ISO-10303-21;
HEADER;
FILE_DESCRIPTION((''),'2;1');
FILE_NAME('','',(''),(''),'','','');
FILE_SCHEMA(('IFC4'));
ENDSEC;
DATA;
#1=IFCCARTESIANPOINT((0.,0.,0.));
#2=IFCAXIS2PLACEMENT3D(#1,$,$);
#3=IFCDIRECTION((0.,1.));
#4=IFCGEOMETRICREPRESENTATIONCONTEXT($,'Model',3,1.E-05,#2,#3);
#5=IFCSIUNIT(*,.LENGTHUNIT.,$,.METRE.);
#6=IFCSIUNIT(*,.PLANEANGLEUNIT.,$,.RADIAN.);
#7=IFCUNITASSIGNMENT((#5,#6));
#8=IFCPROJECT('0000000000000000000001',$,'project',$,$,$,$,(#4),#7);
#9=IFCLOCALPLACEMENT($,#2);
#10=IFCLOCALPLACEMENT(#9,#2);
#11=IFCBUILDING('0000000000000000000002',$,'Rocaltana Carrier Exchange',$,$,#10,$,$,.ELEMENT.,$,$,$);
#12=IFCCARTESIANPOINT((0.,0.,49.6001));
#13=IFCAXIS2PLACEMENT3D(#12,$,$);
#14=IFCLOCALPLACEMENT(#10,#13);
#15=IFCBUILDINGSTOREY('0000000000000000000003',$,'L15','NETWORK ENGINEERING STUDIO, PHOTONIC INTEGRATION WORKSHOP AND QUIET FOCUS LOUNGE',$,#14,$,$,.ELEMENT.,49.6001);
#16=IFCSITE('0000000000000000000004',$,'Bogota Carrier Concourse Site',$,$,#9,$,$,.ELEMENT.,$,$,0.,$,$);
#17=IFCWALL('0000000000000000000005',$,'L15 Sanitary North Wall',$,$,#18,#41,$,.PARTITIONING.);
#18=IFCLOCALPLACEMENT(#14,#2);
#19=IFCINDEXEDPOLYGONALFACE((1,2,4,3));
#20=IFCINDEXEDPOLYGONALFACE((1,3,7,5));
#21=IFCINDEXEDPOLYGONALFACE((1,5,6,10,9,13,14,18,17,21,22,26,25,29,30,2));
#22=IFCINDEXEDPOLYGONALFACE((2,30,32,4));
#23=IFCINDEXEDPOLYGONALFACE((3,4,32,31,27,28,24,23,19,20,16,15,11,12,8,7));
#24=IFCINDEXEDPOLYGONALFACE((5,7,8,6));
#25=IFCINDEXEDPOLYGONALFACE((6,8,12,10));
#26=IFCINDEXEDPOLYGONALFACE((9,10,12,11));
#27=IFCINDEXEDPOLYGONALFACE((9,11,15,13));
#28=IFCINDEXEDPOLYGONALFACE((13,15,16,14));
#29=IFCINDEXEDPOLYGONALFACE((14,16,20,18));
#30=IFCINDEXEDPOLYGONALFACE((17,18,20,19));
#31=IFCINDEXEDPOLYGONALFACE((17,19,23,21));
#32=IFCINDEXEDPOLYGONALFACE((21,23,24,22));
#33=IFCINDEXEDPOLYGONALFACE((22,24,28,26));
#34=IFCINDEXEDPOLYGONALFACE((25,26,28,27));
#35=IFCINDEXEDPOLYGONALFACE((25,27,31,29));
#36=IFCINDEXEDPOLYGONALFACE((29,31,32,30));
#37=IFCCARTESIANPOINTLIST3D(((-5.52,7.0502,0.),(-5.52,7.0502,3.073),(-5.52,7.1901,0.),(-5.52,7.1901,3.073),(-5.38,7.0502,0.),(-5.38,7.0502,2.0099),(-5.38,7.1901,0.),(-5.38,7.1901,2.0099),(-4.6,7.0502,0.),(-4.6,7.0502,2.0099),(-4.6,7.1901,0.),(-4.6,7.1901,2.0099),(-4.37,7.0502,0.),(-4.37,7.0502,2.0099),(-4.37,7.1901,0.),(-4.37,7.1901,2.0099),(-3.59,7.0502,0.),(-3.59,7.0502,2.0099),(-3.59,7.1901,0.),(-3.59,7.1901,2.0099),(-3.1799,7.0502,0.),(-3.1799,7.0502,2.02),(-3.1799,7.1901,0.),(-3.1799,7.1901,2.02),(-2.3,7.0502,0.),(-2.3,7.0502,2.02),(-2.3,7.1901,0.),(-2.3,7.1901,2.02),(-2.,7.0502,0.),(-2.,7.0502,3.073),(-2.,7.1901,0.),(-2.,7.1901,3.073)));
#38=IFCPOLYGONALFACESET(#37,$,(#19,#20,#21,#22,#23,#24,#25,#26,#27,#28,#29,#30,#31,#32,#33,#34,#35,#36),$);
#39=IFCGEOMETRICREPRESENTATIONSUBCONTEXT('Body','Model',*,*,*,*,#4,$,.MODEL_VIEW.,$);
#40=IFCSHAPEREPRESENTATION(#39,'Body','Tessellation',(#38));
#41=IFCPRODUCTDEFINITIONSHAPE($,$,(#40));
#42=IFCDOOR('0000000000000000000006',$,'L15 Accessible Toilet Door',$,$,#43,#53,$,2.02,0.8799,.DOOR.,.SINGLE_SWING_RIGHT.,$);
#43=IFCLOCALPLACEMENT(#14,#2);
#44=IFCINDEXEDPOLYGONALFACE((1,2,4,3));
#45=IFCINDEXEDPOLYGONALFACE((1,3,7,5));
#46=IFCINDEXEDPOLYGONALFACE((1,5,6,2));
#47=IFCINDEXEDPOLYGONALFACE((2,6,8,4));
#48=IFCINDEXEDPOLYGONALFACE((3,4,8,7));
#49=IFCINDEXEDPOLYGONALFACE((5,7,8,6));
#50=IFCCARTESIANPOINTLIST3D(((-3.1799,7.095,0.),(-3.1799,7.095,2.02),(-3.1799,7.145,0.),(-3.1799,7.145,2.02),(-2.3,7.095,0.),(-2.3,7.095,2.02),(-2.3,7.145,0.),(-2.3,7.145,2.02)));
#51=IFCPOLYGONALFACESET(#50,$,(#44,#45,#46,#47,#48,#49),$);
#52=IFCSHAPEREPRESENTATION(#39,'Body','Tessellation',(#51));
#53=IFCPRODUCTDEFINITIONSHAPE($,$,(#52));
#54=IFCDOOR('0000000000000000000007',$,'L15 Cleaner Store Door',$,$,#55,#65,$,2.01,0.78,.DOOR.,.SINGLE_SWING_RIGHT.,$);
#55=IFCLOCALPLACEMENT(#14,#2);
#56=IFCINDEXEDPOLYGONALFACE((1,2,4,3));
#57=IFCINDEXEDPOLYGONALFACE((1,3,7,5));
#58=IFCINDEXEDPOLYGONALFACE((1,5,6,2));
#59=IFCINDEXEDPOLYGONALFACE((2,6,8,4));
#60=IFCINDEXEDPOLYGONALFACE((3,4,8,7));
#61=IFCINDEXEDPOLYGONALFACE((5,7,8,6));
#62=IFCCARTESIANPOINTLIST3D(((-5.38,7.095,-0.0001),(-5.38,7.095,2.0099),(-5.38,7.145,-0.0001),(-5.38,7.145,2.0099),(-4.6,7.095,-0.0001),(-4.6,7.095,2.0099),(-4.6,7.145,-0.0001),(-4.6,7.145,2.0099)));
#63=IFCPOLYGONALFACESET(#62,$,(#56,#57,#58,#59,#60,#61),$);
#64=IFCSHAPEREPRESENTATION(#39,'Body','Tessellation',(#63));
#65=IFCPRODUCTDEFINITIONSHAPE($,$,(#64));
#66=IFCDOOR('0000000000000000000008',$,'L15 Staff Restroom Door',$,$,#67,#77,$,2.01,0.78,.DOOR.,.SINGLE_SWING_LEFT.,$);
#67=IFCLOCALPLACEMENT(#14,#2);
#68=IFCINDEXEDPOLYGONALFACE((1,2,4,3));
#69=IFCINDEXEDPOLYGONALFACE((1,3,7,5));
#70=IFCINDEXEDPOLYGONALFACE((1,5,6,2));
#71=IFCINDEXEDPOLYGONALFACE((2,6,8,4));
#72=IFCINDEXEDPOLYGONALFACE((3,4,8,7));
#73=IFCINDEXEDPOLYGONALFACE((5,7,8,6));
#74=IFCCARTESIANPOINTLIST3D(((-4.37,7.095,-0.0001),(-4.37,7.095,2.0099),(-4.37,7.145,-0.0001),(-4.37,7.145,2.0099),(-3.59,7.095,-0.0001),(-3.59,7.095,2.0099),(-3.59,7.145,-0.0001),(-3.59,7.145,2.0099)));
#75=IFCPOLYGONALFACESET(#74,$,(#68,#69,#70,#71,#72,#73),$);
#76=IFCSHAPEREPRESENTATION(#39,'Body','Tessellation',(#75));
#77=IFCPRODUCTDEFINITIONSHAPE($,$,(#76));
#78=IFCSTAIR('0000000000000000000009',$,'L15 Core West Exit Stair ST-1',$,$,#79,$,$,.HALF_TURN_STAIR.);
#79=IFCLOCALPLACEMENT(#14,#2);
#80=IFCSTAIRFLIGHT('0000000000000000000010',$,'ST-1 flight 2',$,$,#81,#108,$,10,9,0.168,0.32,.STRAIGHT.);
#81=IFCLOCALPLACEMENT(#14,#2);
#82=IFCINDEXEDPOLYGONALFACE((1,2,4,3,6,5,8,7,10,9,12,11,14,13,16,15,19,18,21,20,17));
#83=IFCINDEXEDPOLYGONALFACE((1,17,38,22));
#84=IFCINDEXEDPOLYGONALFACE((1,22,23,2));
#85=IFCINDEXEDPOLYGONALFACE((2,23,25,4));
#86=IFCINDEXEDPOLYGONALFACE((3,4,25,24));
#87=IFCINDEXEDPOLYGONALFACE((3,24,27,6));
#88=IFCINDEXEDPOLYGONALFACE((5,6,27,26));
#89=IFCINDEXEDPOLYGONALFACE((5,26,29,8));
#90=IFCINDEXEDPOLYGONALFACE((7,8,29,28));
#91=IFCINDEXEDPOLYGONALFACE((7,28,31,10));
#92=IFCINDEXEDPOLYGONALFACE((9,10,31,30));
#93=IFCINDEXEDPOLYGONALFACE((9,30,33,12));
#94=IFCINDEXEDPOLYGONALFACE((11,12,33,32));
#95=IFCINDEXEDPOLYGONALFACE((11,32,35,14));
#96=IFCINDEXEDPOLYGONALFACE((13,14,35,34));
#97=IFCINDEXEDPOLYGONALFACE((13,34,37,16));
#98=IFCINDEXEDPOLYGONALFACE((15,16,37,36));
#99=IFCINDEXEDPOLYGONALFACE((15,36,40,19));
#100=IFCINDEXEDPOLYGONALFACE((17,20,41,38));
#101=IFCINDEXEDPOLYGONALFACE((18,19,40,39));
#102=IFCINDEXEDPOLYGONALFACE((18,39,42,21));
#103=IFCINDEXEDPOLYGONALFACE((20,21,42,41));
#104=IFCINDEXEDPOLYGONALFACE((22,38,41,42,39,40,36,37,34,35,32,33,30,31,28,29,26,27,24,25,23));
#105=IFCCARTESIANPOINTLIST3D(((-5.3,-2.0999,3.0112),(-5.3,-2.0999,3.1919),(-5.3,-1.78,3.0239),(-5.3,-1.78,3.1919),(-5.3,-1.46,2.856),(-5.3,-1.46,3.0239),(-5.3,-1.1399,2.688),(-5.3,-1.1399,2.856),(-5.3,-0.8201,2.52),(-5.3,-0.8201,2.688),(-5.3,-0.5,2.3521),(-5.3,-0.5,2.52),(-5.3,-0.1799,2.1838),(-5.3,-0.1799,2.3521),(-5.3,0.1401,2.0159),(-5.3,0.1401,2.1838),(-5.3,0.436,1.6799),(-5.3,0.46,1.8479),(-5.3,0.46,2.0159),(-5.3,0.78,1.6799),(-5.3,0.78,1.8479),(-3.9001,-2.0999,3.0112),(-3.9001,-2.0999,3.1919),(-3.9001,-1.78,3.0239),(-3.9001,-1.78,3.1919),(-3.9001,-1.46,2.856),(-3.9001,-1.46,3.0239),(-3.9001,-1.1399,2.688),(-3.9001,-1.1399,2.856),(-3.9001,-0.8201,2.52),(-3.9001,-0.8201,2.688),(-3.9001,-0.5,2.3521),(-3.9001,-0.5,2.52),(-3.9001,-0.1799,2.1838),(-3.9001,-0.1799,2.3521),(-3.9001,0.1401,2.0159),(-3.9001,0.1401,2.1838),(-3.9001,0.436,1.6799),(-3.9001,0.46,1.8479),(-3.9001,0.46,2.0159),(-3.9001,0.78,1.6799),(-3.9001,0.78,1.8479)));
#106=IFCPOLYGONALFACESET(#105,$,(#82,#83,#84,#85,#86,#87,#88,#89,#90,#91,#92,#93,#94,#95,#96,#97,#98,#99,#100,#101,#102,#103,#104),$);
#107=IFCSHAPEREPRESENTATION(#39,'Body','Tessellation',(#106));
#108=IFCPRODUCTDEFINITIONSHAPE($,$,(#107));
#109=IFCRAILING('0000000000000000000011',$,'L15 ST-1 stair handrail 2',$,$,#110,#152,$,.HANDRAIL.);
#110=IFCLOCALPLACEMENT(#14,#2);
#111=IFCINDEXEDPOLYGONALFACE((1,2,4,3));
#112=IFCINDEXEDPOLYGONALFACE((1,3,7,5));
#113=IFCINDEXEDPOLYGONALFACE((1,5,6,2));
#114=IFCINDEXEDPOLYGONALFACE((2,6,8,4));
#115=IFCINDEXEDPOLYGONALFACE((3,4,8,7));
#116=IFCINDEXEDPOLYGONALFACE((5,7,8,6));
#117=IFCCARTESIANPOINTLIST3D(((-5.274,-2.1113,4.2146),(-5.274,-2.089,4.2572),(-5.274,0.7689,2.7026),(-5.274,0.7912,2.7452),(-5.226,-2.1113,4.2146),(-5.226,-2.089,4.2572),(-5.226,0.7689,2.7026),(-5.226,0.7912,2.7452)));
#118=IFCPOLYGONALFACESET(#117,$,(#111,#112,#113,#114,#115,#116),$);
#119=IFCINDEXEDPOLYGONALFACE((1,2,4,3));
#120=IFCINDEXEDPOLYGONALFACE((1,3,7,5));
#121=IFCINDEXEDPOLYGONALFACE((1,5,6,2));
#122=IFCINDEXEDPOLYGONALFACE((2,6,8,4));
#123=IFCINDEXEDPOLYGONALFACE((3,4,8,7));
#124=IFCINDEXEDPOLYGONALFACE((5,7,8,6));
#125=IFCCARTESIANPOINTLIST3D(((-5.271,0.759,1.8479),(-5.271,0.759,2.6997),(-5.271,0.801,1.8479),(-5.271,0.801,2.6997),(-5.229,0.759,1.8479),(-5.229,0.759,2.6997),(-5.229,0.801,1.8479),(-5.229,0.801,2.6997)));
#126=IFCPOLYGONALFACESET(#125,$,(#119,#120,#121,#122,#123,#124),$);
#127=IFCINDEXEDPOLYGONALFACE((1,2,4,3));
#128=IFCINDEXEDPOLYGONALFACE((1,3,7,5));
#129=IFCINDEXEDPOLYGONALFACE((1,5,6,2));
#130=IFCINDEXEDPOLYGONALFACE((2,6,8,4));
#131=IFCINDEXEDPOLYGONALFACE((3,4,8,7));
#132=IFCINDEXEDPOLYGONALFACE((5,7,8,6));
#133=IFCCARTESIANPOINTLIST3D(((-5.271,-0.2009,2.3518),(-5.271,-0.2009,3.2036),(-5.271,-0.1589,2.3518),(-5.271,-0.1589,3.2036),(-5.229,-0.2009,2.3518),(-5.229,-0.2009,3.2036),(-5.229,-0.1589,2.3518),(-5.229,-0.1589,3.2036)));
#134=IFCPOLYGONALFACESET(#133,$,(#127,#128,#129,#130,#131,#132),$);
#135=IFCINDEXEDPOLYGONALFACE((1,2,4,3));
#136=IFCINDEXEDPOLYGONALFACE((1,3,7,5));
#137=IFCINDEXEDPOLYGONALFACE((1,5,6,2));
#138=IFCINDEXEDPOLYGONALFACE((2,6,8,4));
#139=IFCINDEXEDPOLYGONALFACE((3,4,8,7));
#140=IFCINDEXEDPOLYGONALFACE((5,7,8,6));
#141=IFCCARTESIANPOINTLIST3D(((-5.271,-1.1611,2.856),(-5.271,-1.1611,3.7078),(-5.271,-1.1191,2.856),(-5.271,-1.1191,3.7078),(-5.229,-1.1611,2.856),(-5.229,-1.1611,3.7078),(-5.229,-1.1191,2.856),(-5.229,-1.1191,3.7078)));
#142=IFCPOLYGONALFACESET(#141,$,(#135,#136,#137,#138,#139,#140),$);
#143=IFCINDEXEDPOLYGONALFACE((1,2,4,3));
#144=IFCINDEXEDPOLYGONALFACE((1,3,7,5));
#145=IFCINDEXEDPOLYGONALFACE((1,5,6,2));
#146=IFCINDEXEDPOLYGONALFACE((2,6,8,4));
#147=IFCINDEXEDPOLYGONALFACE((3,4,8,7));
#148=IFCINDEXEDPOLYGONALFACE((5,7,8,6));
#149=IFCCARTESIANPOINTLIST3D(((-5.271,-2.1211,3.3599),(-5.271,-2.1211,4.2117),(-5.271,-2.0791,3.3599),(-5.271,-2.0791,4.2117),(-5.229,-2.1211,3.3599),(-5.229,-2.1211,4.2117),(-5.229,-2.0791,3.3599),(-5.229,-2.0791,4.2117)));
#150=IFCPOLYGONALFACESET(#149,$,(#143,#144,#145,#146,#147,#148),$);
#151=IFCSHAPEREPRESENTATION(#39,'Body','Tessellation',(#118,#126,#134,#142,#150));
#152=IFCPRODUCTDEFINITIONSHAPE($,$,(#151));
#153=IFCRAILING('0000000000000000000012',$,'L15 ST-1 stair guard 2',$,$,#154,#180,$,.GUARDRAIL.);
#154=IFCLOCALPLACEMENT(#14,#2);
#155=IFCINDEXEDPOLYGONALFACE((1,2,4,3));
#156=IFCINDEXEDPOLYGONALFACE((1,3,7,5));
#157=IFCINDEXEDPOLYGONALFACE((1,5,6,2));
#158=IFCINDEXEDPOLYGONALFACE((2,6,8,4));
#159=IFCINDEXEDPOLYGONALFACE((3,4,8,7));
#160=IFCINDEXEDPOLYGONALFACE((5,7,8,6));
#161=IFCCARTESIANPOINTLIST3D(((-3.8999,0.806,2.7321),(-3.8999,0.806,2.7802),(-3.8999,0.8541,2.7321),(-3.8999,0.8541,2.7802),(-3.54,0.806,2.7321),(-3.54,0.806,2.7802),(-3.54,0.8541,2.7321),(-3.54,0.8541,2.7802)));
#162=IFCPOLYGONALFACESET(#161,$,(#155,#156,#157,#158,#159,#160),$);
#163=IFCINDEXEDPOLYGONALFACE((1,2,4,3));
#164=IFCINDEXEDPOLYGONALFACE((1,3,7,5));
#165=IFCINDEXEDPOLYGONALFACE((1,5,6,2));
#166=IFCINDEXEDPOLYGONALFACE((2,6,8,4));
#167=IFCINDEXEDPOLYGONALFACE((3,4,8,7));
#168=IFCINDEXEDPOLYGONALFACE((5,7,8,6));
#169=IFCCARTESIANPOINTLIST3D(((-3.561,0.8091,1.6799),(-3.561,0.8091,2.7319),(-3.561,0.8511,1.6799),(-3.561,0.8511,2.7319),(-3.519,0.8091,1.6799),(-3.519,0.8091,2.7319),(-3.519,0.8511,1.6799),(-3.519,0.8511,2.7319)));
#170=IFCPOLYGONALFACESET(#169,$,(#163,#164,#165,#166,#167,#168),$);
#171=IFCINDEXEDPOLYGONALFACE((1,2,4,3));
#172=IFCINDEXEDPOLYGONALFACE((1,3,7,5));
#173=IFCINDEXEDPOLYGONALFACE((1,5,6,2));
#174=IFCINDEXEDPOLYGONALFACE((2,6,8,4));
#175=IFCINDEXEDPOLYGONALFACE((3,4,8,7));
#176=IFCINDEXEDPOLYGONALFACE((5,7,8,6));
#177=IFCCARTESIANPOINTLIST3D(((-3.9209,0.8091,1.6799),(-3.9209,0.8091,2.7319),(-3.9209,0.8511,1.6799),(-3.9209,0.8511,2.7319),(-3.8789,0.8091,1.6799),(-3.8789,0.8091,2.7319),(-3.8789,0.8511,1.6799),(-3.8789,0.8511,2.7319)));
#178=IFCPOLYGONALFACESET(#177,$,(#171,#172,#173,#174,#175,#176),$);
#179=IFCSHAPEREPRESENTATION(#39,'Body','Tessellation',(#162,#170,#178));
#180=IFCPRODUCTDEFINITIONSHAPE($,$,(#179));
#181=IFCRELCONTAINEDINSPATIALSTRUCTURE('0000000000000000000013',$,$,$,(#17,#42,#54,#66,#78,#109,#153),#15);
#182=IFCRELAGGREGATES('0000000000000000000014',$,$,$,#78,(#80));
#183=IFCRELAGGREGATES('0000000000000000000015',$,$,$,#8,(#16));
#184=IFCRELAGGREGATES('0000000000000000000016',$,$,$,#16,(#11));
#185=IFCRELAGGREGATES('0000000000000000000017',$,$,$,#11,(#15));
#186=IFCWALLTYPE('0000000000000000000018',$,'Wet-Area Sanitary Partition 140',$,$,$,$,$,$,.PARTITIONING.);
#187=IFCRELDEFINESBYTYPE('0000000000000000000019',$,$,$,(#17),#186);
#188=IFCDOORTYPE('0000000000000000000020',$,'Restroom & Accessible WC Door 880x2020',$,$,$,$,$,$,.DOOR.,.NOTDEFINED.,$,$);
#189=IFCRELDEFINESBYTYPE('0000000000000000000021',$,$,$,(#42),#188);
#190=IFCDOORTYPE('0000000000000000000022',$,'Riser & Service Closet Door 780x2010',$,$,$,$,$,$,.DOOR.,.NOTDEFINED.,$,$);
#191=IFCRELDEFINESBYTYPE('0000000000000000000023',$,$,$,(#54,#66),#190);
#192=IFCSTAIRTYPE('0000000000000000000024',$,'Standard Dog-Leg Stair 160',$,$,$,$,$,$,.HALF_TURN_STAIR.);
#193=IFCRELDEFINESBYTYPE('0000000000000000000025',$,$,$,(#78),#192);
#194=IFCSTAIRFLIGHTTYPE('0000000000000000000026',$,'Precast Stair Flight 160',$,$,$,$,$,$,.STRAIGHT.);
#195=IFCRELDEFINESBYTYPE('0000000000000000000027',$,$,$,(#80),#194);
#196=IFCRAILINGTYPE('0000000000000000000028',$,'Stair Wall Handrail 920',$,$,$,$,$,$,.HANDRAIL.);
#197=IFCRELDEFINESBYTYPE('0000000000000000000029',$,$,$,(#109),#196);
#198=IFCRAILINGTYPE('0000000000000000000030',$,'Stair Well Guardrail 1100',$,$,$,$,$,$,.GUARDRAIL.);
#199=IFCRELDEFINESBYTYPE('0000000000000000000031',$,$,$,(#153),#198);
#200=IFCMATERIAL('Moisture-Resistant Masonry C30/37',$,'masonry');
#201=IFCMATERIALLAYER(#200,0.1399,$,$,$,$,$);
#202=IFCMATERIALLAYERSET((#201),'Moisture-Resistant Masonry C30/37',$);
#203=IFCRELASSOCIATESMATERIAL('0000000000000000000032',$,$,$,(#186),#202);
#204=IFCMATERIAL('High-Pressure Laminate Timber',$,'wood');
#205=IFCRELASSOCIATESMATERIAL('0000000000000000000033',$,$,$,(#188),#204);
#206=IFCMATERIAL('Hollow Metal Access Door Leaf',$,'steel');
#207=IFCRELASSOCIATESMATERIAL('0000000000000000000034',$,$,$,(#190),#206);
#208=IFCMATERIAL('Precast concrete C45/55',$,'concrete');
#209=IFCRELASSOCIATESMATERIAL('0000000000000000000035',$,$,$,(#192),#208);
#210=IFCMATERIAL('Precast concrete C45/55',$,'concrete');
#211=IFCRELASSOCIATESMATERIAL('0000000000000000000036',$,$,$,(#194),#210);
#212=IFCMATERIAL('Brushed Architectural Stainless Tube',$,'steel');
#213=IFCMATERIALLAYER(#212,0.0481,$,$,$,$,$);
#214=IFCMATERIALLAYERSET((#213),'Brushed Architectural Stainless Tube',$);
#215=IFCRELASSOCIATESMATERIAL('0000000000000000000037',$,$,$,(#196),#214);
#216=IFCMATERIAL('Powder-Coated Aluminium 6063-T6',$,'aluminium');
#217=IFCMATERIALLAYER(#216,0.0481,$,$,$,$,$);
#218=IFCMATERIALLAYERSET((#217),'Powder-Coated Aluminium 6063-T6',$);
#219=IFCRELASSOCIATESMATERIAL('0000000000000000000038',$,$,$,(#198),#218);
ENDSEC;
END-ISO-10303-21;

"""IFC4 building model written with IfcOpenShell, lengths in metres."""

from ifc_helpers import new_model, si_unit, direction, frame, frame_2d, origin, origin_2d, place, context, subcontext, project, spatial, polyline, rectangle, outline, extrude, material, layer, layer_set, type_object, element, fill, aggregate, save


model = new_model("IFC4")

# Units and contexts
model_context = context("Model", 3, precision=1e-05, world=origin(), true_north=direction((0.0, 1.0)))
body_context = subcontext(model_context, "Body", "Model", "MODEL_VIEW")
ifc_project = project(units=[si_unit("LENGTHUNIT", "METRE"), si_unit("PLANEANGLEUNIT", "RADIAN")], contexts=[model_context])

# Site, building, storey
site_placement = place(None, origin())
site = spatial("IfcSite", under=ifc_project, at=site_placement, Name="Bogota Carrier Concourse Site", CompositionType="ELEMENT", RefElevation=0.0)
building_placement = place(site_placement, origin())
building = spatial("IfcBuilding", under=site, at=building_placement, Name="Rocaltana Carrier Exchange", CompositionType="ELEMENT")
storey_placement = place(building_placement, frame((0.0, 0.0, 49.6001)))
storey = spatial("IfcBuildingStorey", under=building, at=storey_placement, Name="L15", Description="NETWORK ENGINEERING STUDIO, PHOTONIC INTEGRATION WORKSHOP AND QUIET FOCUS LOUNGE", CompositionType="ELEMENT", Elevation=49.6001)

# Shared definitions
ifc_material_1 = material(Name="Moisture-Resistant Masonry C30/37", Category="masonry")
ifc_layer_1 = layer(ifc_material_1, 0.1399)
ifc_layer_set_1 = layer_set([ifc_layer_1], Name="Moisture-Resistant Masonry C30/37")
wall_type_1 = type_object("IfcWallType", Name="Wet-Area Sanitary Partition 140", PredefinedType="PARTITIONING", material=ifc_layer_set_1)

# Wall, openings, doors
wall_1_placement = place(storey_placement, frame((-5.52, 7.1201, 0.0), z_axis=(0.0, 0.0, 1.0), x_axis=(1.0, 0.0, 0.0)))
wall_1 = element("IfcWall", 1, at=wall_1_placement, inside=storey, type_object=wall_type_1, Name="L15 Sanitary North Wall", PredefinedType="PARTITIONING", context=body_context, shape_type="SweptSolid", body=[
    extrude(rectangle(XDim=3.52, YDim=0.1399, at=frame_2d((1.76, 0.0))), origin(), (0.0, 0.0, 1.0), 3.073),
])
opening_1_placement = place(wall_1_placement, frame((0.1399, 0.0, 0.0)))
opening_1 = element("IfcOpeningElement", 2, at=opening_1_placement, cuts=wall_1, PredefinedType="OPENING", context=body_context, shape_type="SweptSolid", body=[
    extrude(rectangle(XDim=0.78, YDim=2.01, at=frame_2d((0.3901, 1.0049))), frame((0.0, 0.0798, 0.0), z_axis=(0.0, -1.0, 0.0), x_axis=(1.0, 0.0, 0.0)), (0.0, 0.0, 1.0), 0.1599),
])
opening_2_placement = place(wall_1_placement, frame((1.1499, 0.0, 0.0)))
opening_2 = element("IfcOpeningElement", 3, at=opening_2_placement, cuts=wall_1, PredefinedType="OPENING", context=body_context, shape_type="SweptSolid", body=[
    extrude(rectangle(XDim=0.78, YDim=2.01, at=frame_2d((0.3901, 1.0049))), frame((0.0, 0.0798, 0.0), z_axis=(0.0, -1.0, 0.0), x_axis=(1.0, 0.0, 0.0)), (0.0, 0.0, 1.0), 0.1599),
])
opening_3_placement = place(wall_1_placement, frame((2.3401, 0.0, 0.0)))
opening_3 = element("IfcOpeningElement", 4, at=opening_3_placement, cuts=wall_1, PredefinedType="OPENING", context=body_context, shape_type="SweptSolid", body=[
    extrude(rectangle(XDim=0.8799, YDim=2.02, at=frame_2d((0.4399, 1.01))), frame((0.0, 0.0798, 0.0), z_axis=(0.0, -1.0, 0.0), x_axis=(1.0, 0.0, 0.0)), (0.0, 0.0, 1.0), 0.1599),
])
ifc_material_2 = material(Name="High-Pressure Laminate Timber", Category="wood")
door_type_1 = type_object("IfcDoorType", Name="Restroom & Accessible WC Door 880x2020", OperationType="NOTDEFINED", PredefinedType="DOOR", material=ifc_material_2)
door_1_placement = place(opening_3_placement, origin())
door_1 = element("IfcDoor", 5, at=door_1_placement, inside=storey, type_object=door_type_1, Name="L15 Accessible Toilet Door", OperationType="SINGLE_SWING_RIGHT", OverallHeight=2.02, OverallWidth=0.8799, PredefinedType="DOOR", context=body_context, shape_type="SweptSolid", body=[
    extrude(rectangle(XDim=0.8799, YDim=2.02, at=frame_2d((0.4399, 1.01))), frame((0.0, 0.0249, 0.0), z_axis=(0.0, -1.0, 0.0), x_axis=(1.0, 0.0, 0.0)), (0.0, 0.0, 1.0), 0.05),
])
fill(opening_3, door_1)
ifc_material_3 = material(Name="Hollow Metal Access Door Leaf", Category="steel")
door_type_2 = type_object("IfcDoorType", Name="Riser & Service Closet Door 780x2010", OperationType="NOTDEFINED", PredefinedType="DOOR", material=ifc_material_3)
door_2_placement = place(opening_1_placement, origin())
door_2 = element("IfcDoor", 6, at=door_2_placement, inside=storey, type_object=door_type_2, Name="L15 Cleaner Store Door", OperationType="SINGLE_SWING_RIGHT", OverallHeight=2.01, OverallWidth=0.78, PredefinedType="DOOR", context=body_context, shape_type="SweptSolid", body=[
    extrude(rectangle(XDim=0.78, YDim=2.01, at=frame_2d((0.3901, 1.0049))), frame((0.0, 0.0249, 0.0), z_axis=(0.0, -1.0, 0.0), x_axis=(1.0, 0.0, 0.0)), (0.0, 0.0, 1.0), 0.05),
])
fill(opening_1, door_2)
door_3_placement = place(opening_2_placement, origin())
door_3 = element("IfcDoor", 7, at=door_3_placement, inside=storey, type_object=door_type_2, Name="L15 Staff Restroom Door", OperationType="SINGLE_SWING_LEFT", OverallHeight=2.01, OverallWidth=0.78, PredefinedType="DOOR", context=body_context, shape_type="SweptSolid", body=[
    extrude(rectangle(XDim=0.78, YDim=2.01, at=frame_2d((0.3901, 1.0049))), frame((0.0, 0.0249, 0.0), z_axis=(0.0, -1.0, 0.0), x_axis=(1.0, 0.0, 0.0)), (0.0, 0.0, 1.0), 0.05),
])
fill(opening_2, door_3)

# Stair, stair flight
ifc_material_4 = material(Name="Precast concrete C45/55", Category="concrete")
stair_type = type_object("IfcStairType", Name="Standard Dog-Leg Stair 160", PredefinedType="HALF_TURN_STAIR", material=ifc_material_4)
stair_placement = place(storey_placement, origin())
stair = element("IfcStair", 8, at=stair_placement, inside=storey, type_object=stair_type, Name="L15 Core West Exit Stair ST-1", PredefinedType="HALF_TURN_STAIR")
ifc_material_5 = material(Name="Precast concrete C45/55", Category="concrete")
stair_flight_type = type_object("IfcStairFlightType", Name="Precast Stair Flight 160", PredefinedType="STRAIGHT", material=ifc_material_5)
stair_flight_placement = place(storey_placement, frame((-4.6001, 0.78, 1.6799), z_axis=(0.0, 0.0, 1.0), x_axis=(0.0, -1.0, 0.0)))
stair_flight = element("IfcStairFlight", 9, at=stair_flight_placement, type_object=stair_flight_type, Name="ST-1 flight 2", NumberOfRisers=10, NumberOfTreads=9, PredefinedType="STRAIGHT", RiserHeight=0.168, TreadLength=0.32, context=body_context, shape_type="SweptSolid", body=[
    extrude(outline(polyline([(0.0, 0.0), (0.0, 0.168), (0.3201, 0.168), (0.3201, 0.3359), (0.6399, 0.3359), (0.6399, 0.5039), (0.96, 0.5039), (0.96, 0.6721), (1.28, 0.6721), (1.28, 0.8401), (1.6001, 0.8401), (1.6001, 1.0081), (1.9199, 1.0081), (1.9199, 1.176), (2.24, 1.176), (2.24, 1.344), (2.5601, 1.344), (2.5601, 1.512), (2.8799, 1.512), (2.8799, 1.6799), (2.8799, 1.3313), (0.344, 0.0), (0.0, 0.0)])), frame((0.0, 0.7, 0.0), z_axis=(0.0, -1.0, 0.0), x_axis=(1.0, 0.0, 0.0)), (0.0, 0.0, 1.0), 1.3999),
])
aggregate(stair, [stair_flight])

# Railings
ifc_material_6 = material(Name="Brushed Architectural Stainless Tube", Category="steel")
ifc_layer_2 = layer(ifc_material_6, 0.0481)
ifc_layer_set_2 = layer_set([ifc_layer_2], Name="Brushed Architectural Stainless Tube")
railing_type_1 = type_object("IfcRailingType", Name="Stair Wall Handrail 920", PredefinedType="HANDRAIL", material=ifc_layer_set_2)
railing_1_placement = place(storey_placement, frame((-5.25, 0.78, 1.8479)))
element("IfcRailing", 10, at=railing_1_placement, inside=storey, type_object=railing_type_1, Name="L15 ST-1 stair handrail 2", PredefinedType="HANDRAIL", context=body_context, shape_type="SweptSolid", body=[
    extrude(rectangle(XDim=0.0481, YDim=0.0481, at=origin_2d()), frame((0.0, 0.0, 0.876), z_axis=(0.0, -0.885411, 0.464809), x_axis=(1.0, 0.0, 0.0)), (0.0, 0.0, 1.0), 3.2529),
    extrude(rectangle(XDim=0.042, YDim=0.042, at=origin_2d()), origin(), (0.0, 0.0, 1.0), 0.8518),
    extrude(rectangle(XDim=0.042, YDim=0.042, at=origin_2d()), frame((0.0, -0.96, 0.5039)), (0.0, 0.0, 1.0), 0.8518),
    extrude(rectangle(XDim=0.042, YDim=0.042, at=origin_2d()), frame((0.0, -1.9202, 1.0081)), (0.0, 0.0, 1.0), 0.8518),
    extrude(rectangle(XDim=0.042, YDim=0.042, at=origin_2d()), frame((0.0, -2.8801, 1.512)), (0.0, 0.0, 1.0), 0.8518),
])
ifc_material_7 = material(Name="Powder-Coated Aluminium 6063-T6", Category="aluminium")
ifc_layer_3 = layer(ifc_material_7, 0.0481)
ifc_layer_set_3 = layer_set([ifc_layer_3], Name="Powder-Coated Aluminium 6063-T6")
railing_type_2 = type_object("IfcRailingType", Name="Stair Well Guardrail 1100", PredefinedType="GUARDRAIL", material=ifc_layer_set_3)
railing_2_placement = place(storey_placement, frame((-3.54, 0.8301, 1.6799)))
element("IfcRailing", 11, at=railing_2_placement, inside=storey, type_object=railing_type_2, Name="L15 ST-1 stair guard 2", PredefinedType="GUARDRAIL", context=body_context, shape_type="SweptSolid", body=[
    extrude(rectangle(XDim=0.0481, YDim=0.0481, at=origin_2d()), frame((0.0, 0.0, 1.0762), z_axis=(-1.0, 0.0, 0.0), x_axis=(0.0, -1.0, 0.0)), (0.0, 0.0, 1.0), 0.3599),
    extrude(rectangle(XDim=0.042, YDim=0.042, at=origin_2d()), origin(), (0.0, 0.0, 1.0), 1.052),
    extrude(rectangle(XDim=0.042, YDim=0.042, at=origin_2d()), frame((-0.3599, 0.0, 0.0)), (0.0, 0.0, 1.0), 1.052),
])

save(model, "model.ifc")
